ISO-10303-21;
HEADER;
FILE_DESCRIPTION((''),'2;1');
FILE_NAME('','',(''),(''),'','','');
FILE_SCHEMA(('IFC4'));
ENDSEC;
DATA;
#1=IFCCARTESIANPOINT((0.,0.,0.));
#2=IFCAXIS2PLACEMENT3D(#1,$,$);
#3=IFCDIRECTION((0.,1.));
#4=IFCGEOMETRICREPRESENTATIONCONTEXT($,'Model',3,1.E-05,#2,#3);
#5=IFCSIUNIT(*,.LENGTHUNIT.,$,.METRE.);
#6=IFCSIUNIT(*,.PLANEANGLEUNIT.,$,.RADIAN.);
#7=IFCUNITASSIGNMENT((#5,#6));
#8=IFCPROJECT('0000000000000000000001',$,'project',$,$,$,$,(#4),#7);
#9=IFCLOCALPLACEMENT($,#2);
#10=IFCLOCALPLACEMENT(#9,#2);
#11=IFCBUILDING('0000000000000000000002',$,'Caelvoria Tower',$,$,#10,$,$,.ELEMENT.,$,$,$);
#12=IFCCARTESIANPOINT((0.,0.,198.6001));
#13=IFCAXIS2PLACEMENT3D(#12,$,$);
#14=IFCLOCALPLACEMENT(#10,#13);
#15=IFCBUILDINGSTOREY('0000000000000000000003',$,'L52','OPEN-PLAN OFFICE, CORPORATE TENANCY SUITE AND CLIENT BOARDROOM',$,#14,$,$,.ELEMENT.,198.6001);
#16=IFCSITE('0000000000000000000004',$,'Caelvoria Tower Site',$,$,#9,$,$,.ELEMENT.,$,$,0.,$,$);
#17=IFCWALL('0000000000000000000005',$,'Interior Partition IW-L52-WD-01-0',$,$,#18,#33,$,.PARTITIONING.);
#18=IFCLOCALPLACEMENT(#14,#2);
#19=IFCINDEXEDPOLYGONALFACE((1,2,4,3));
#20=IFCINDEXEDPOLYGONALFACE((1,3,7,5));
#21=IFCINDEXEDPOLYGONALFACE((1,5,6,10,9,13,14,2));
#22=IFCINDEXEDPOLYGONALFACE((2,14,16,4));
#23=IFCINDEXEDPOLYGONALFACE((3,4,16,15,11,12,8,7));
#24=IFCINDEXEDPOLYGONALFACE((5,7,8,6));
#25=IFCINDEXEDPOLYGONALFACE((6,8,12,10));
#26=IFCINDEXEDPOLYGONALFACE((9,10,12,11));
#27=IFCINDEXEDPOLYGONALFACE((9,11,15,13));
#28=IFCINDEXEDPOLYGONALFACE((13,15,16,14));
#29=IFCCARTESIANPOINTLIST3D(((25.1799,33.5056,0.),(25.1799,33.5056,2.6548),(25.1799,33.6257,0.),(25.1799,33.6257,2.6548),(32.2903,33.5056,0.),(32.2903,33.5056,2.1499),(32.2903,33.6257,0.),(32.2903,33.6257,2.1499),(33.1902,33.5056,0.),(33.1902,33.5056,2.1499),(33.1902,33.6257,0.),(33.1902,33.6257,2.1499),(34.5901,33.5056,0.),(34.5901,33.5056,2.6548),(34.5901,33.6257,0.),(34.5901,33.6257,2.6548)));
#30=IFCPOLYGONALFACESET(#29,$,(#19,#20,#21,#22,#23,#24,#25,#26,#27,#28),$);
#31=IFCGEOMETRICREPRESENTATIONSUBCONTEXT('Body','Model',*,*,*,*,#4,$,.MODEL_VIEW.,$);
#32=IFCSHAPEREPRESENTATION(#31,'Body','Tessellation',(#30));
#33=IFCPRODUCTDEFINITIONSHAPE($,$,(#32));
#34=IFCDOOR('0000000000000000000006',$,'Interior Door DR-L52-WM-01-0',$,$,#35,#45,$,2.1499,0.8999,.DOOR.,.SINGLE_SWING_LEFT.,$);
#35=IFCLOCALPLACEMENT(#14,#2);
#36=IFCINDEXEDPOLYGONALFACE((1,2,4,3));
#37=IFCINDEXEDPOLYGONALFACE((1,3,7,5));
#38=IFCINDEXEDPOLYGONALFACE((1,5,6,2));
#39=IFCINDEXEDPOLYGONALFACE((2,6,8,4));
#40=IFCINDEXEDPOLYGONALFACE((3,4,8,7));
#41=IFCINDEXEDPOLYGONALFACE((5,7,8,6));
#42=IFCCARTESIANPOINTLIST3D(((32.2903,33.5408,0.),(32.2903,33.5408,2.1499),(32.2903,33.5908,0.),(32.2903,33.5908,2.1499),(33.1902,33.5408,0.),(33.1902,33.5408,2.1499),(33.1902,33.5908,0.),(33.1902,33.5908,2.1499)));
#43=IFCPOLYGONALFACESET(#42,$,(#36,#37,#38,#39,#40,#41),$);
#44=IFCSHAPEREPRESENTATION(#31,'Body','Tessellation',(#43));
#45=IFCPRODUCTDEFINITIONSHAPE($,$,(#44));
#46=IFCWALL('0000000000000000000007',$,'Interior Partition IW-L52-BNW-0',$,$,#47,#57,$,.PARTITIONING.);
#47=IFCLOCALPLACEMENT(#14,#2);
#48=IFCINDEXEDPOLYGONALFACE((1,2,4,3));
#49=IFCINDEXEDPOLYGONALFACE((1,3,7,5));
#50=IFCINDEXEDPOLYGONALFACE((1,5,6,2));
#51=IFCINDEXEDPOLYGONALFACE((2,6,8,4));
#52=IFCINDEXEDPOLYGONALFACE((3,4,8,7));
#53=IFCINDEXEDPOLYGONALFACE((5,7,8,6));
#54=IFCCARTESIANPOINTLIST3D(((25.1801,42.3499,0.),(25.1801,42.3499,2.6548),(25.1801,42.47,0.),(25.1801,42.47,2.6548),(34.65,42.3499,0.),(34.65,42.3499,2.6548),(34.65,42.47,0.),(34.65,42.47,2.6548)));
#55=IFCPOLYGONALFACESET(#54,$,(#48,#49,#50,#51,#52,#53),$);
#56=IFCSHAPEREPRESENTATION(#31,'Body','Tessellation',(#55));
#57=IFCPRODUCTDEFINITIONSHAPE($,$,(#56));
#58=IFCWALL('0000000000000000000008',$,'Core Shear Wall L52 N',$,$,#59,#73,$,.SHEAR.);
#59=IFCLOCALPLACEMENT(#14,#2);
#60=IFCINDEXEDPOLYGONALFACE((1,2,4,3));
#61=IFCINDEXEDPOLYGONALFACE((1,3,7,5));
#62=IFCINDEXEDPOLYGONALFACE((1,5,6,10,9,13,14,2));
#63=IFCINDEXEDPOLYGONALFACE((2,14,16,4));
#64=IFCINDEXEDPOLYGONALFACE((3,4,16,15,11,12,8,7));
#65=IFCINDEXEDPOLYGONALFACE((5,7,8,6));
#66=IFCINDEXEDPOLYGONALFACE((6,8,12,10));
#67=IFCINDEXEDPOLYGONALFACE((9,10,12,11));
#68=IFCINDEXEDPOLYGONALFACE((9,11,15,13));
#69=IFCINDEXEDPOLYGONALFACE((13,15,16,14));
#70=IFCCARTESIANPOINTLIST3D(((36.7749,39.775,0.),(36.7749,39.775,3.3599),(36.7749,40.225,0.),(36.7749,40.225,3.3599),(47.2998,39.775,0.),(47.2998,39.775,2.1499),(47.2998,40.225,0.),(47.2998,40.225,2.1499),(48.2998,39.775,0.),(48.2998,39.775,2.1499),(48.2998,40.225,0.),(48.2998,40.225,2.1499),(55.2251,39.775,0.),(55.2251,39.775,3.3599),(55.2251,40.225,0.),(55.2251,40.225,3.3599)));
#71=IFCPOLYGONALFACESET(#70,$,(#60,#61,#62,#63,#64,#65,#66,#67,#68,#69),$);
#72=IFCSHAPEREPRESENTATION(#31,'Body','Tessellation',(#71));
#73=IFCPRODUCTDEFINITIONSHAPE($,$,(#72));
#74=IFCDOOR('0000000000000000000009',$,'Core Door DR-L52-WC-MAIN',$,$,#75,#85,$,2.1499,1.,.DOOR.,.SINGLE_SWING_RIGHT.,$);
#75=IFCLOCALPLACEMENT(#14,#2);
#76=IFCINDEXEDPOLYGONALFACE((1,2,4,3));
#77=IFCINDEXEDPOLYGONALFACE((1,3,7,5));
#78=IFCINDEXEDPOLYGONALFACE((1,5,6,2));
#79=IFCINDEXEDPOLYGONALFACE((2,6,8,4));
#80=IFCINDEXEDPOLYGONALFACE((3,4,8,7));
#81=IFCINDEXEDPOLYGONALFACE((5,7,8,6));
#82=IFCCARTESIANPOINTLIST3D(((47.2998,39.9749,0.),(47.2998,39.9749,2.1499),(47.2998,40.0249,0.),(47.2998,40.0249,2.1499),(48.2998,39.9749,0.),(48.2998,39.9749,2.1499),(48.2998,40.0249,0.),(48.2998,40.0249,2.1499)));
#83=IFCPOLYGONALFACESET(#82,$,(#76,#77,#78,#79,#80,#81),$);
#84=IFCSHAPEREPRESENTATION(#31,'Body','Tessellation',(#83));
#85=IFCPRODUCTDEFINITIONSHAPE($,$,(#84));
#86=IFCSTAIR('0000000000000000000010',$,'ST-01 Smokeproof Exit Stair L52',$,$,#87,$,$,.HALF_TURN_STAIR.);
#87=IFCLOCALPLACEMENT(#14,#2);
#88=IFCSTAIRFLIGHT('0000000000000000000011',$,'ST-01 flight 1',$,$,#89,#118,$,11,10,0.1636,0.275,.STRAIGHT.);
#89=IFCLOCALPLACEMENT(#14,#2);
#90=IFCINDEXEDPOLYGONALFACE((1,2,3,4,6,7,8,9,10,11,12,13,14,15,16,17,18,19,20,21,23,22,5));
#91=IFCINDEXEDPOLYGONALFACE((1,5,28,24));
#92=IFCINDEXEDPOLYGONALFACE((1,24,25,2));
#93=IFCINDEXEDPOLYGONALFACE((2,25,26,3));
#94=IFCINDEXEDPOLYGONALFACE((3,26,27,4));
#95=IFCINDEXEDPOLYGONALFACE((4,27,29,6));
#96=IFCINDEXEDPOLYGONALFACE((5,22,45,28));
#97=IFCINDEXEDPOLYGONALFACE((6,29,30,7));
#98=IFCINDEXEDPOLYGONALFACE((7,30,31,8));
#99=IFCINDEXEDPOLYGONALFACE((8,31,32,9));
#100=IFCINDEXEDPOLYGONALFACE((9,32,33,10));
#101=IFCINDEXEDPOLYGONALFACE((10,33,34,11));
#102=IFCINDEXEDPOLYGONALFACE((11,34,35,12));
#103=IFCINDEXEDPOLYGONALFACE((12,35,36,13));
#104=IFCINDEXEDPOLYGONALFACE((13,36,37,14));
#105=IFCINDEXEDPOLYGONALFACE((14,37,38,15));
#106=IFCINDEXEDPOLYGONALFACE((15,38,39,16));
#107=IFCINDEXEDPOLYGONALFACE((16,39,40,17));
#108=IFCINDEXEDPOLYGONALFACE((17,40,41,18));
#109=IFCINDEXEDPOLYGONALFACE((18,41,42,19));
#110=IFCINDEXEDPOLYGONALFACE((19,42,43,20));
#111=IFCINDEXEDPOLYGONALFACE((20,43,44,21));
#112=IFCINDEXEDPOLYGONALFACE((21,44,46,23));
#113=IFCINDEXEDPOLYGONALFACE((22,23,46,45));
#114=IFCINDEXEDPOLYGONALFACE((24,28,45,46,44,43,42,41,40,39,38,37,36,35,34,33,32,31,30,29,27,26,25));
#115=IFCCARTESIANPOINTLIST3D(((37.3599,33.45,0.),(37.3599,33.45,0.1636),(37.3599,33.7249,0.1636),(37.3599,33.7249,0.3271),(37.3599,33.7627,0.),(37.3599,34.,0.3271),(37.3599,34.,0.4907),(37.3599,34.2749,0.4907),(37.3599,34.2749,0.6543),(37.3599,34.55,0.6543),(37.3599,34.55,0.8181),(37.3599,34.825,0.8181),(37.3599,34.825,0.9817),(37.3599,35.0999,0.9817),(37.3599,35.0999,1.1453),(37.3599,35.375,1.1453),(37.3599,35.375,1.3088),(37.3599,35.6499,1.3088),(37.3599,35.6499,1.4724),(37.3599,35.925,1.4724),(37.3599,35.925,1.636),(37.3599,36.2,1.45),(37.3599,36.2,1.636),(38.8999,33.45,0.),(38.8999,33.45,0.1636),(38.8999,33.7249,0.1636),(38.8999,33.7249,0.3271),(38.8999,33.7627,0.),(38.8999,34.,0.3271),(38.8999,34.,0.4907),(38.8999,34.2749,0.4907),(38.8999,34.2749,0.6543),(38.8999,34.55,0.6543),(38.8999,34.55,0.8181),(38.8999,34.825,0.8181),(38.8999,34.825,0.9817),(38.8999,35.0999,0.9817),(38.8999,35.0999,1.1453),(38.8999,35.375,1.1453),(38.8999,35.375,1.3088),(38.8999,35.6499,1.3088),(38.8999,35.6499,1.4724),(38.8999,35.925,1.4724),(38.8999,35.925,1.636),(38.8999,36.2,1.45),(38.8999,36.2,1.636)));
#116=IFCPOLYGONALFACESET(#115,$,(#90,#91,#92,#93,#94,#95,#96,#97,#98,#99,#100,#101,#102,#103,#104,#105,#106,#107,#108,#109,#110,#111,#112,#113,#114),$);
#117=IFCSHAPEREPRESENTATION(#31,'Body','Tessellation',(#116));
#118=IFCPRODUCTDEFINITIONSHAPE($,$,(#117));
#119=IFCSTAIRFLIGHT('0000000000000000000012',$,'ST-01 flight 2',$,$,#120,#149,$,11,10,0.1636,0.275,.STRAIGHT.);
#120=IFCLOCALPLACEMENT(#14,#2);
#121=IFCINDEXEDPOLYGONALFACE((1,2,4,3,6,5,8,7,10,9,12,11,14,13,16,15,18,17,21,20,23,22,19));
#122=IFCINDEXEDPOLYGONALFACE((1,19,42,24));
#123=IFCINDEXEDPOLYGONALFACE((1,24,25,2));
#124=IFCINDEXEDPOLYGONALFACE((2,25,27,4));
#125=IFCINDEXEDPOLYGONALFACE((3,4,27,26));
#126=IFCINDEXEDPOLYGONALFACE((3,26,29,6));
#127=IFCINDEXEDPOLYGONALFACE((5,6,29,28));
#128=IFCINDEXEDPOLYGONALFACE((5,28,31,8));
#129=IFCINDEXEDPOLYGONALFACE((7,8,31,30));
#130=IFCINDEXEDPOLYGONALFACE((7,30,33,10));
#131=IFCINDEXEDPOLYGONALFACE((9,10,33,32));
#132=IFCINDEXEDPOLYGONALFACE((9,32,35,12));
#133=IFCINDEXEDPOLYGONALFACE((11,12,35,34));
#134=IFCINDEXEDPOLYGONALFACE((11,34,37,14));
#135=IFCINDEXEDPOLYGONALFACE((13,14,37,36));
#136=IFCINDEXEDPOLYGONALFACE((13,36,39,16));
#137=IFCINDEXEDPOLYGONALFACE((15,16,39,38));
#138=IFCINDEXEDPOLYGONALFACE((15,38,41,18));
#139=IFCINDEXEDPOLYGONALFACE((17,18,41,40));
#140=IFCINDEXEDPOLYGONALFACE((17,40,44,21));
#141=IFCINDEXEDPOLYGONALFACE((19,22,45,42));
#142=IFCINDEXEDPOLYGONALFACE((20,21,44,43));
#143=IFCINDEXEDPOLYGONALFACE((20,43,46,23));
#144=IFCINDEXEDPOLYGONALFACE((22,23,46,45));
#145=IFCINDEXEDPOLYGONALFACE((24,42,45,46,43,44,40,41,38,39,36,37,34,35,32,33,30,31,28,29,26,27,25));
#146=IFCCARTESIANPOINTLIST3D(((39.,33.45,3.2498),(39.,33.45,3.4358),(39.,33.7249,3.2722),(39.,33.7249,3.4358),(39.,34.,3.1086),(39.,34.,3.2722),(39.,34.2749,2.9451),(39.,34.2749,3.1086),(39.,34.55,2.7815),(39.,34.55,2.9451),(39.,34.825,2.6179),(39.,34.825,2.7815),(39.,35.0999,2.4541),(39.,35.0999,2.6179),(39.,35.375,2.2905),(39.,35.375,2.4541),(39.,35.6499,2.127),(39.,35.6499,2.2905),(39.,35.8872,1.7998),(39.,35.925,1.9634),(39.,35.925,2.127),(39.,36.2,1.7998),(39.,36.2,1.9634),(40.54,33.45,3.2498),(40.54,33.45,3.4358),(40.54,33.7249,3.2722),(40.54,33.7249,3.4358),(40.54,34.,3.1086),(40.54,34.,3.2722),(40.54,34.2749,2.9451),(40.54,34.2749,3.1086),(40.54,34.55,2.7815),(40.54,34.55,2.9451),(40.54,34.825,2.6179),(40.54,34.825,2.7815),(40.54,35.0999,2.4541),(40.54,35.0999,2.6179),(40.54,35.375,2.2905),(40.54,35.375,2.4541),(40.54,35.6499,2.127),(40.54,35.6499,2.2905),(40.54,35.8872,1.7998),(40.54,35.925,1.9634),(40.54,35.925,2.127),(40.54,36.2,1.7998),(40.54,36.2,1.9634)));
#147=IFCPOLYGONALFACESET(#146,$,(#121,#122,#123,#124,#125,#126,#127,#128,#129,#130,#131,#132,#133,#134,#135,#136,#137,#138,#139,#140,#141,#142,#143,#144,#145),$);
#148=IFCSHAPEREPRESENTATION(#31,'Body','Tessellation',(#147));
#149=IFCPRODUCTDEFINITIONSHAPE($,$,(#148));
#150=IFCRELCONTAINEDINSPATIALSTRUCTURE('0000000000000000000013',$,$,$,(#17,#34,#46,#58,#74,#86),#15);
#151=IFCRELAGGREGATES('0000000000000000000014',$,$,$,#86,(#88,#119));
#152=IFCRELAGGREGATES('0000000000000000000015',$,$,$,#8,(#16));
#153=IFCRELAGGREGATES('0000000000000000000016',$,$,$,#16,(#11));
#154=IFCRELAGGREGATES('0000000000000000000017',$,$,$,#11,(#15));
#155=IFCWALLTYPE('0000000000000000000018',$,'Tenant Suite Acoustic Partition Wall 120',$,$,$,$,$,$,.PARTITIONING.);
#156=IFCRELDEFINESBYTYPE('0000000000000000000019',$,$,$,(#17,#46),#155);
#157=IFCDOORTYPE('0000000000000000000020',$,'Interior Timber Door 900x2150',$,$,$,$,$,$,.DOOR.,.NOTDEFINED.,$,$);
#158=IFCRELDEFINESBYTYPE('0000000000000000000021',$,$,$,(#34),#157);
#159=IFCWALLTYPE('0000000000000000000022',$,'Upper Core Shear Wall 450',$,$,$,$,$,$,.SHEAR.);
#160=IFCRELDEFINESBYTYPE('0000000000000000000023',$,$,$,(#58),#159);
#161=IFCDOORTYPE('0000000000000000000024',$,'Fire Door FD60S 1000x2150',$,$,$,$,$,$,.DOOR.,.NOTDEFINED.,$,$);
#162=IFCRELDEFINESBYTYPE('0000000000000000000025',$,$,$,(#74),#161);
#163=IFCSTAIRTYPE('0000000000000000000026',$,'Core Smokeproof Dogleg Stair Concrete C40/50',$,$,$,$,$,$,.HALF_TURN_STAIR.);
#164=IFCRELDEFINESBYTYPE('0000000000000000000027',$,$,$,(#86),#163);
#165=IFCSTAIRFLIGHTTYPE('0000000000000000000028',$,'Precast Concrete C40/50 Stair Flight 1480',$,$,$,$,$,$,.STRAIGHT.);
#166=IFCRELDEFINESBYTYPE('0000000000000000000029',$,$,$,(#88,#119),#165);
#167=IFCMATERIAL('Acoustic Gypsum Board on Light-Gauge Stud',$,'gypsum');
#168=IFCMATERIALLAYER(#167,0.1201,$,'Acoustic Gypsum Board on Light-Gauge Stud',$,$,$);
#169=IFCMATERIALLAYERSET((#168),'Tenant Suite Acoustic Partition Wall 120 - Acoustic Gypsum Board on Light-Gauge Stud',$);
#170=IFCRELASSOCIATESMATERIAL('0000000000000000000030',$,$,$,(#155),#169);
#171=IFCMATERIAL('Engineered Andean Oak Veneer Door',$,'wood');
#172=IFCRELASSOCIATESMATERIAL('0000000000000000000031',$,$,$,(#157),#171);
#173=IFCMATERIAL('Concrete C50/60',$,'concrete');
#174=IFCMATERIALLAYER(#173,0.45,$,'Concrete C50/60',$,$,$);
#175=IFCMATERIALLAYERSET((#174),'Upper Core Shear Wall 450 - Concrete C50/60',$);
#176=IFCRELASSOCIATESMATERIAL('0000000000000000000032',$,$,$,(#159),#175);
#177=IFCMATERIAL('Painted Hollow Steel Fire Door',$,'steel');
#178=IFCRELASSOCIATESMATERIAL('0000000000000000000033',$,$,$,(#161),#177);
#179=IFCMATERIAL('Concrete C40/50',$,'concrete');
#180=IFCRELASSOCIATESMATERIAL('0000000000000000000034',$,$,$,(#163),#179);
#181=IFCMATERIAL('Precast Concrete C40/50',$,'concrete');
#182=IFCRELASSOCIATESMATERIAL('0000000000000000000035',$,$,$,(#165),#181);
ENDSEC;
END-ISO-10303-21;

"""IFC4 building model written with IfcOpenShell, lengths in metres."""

from ifc_helpers import new_model, si_unit, direction, frame, frame_2d, origin, place, context, subcontext, project, spatial, polyline, rectangle, outline, extrude, material, layer, layer_set, type_object, element, fill, aggregate, save


model = new_model("IFC4")

# Units and contexts
model_context = context("Model", 3, precision=1e-05, world=origin(), true_north=direction((0.0, 1.0)))
body_context = subcontext(model_context, "Body", "Model", "MODEL_VIEW")
ifc_project = project(units=[si_unit("LENGTHUNIT", "METRE"), si_unit("PLANEANGLEUNIT", "RADIAN")], contexts=[model_context])

# Site, building, storey
site_placement = place(None, origin())
site = spatial("IfcSite", under=ifc_project, at=site_placement, Name="Caelvoria Tower Site", CompositionType="ELEMENT", RefElevation=0.0)
building_placement = place(site_placement, origin())
building = spatial("IfcBuilding", under=site, at=building_placement, Name="Caelvoria Tower", CompositionType="ELEMENT")
storey_placement = place(building_placement, frame((0.0, 0.0, 198.6001)))
storey = spatial("IfcBuildingStorey", under=building, at=storey_placement, Name="L52", Description="OPEN-PLAN OFFICE, CORPORATE TENANCY SUITE AND CLIENT BOARDROOM", CompositionType="ELEMENT", Elevation=198.6001)

# Shared definitions
ifc_material_1 = material(Name="Concrete C50/60", Category="concrete")

# Shared definitions
ifc_material_2 = material(Name="Acoustic Gypsum Board on Light-Gauge Stud", Category="gypsum")
ifc_layer_1 = layer(ifc_material_2, 0.1201, Name="Acoustic Gypsum Board on Light-Gauge Stud")
ifc_layer_set_1 = layer_set([ifc_layer_1], Name="Tenant Suite Acoustic Partition Wall 120 - Acoustic Gypsum Board on Light-Gauge Stud")
wall_type_1 = type_object("IfcWallType", Name="Tenant Suite Acoustic Partition Wall 120", PredefinedType="PARTITIONING", material=ifc_layer_set_1)
ifc_material_3 = material(Name="Engineered Andean Oak Veneer Door", Category="wood")
door_type_1 = type_object("IfcDoorType", Name="Interior Timber Door 900x2150", OperationType="NOTDEFINED", PredefinedType="DOOR", material=ifc_material_3)

# Wall, opening, door
wall_1_placement = place(storey_placement, frame((34.5901, 33.5657, 0.0), z_axis=(0.0, 0.0, 1.0), x_axis=(-1.0, 0.0, 0.0)))
wall_1 = element("IfcWall", 1, at=wall_1_placement, inside=storey, type_object=wall_type_1, Name="Interior Partition IW-L52-WD-01-0", PredefinedType="PARTITIONING", context=body_context, shape_type="SweptSolid", body=[
    extrude(rectangle(XDim=9.4102, YDim=0.1201, at=frame_2d((4.7051, 0.0))), origin(), (0.0, 0.0, 1.0), 2.6548),
])
opening_1_placement = place(wall_1_placement, frame((1.3999, 0.0, 0.0)))
opening_1 = element("IfcOpeningElement", 2, at=opening_1_placement, cuts=wall_1, PredefinedType="OPENING", context=body_context, shape_type="SweptSolid", body=[
    extrude(rectangle(XDim=0.8999, YDim=2.1499, at=frame_2d((0.45, 1.075))), frame((0.0, 0.0701, 0.0), z_axis=(0.0, -1.0, 0.0), x_axis=(1.0, 0.0, 0.0)), (0.0, 0.0, 1.0), 0.1401),
])
door_1_placement = place(opening_1_placement, origin())
door_1 = element("IfcDoor", 3, at=door_1_placement, inside=storey, type_object=door_type_1, Name="Interior Door DR-L52-WM-01-0", OperationType="SINGLE_SWING_LEFT", OverallHeight=2.1499, OverallWidth=0.8999, PredefinedType="DOOR", context=body_context, shape_type="SweptSolid", body=[
    extrude(rectangle(XDim=0.8999, YDim=2.1499, at=frame_2d((0.45, 1.075))), frame((0.0, 0.0249, 0.0), z_axis=(0.0, -1.0, 0.0), x_axis=(1.0, 0.0, 0.0)), (0.0, 0.0, 1.0), 0.05),
])
fill(opening_1, door_1)

# Wall
wall_2_placement = place(storey_placement, frame((34.6499, 42.4099, 0.0), z_axis=(0.0, 0.0, 1.0), x_axis=(-1.0, 0.0, 0.0)))
element("IfcWall", 4, at=wall_2_placement, inside=storey, type_object=wall_type_1, Name="Interior Partition IW-L52-BNW-0", PredefinedType="PARTITIONING", context=body_context, shape_type="SweptSolid", body=[
    extrude(rectangle(XDim=9.47, YDim=0.1201, at=frame_2d((4.7349, 0.0))), origin(), (0.0, 0.0, 1.0), 2.6548),
])

# Wall, opening, door
ifc_layer_2 = layer(ifc_material_1, 0.45, Name="Concrete C50/60")
ifc_layer_set_2 = layer_set([ifc_layer_2], Name="Upper Core Shear Wall 450 - Concrete C50/60")
wall_type_2 = type_object("IfcWallType", Name="Upper Core Shear Wall 450", PredefinedType="SHEAR", material=ifc_layer_set_2)
wall_3_placement = place(storey_placement, frame((36.7749, 40.0, 0.0), z_axis=(0.0, 0.0, 1.0), x_axis=(1.0, 0.0, 0.0)))
wall_3 = element("IfcWall", 5, at=wall_3_placement, inside=storey, type_object=wall_type_2, Name="Core Shear Wall L52 N", PredefinedType="SHEAR", context=body_context, shape_type="SweptSolid", body=[
    extrude(rectangle(XDim=18.4502, YDim=0.45, at=frame_2d((9.2251, 0.0))), origin(), (0.0, 0.0, 1.0), 3.3599),
])
opening_2_placement = place(wall_3_placement, frame((10.5249, 0.0, 0.0)))
opening_2 = element("IfcOpeningElement", 6, at=opening_2_placement, cuts=wall_3, PredefinedType="OPENING", context=body_context, shape_type="SweptSolid", body=[
    extrude(rectangle(XDim=1.0, YDim=2.1499, at=frame_2d((0.5, 1.075))), frame((0.0, 0.2349, 0.0), z_axis=(0.0, -1.0, 0.0), x_axis=(1.0, 0.0, 0.0)), (0.0, 0.0, 1.0), 0.47),
])
ifc_material_4 = material(Name="Painted Hollow Steel Fire Door", Category="steel")
door_type_2 = type_object("IfcDoorType", Name="Fire Door FD60S 1000x2150", OperationType="NOTDEFINED", PredefinedType="DOOR", material=ifc_material_4)
door_2_placement = place(opening_2_placement, origin())
door_2 = element("IfcDoor", 7, at=door_2_placement, inside=storey, type_object=door_type_2, Name="Core Door DR-L52-WC-MAIN", OperationType="SINGLE_SWING_RIGHT", OverallHeight=2.1499, OverallWidth=1.0, PredefinedType="DOOR", context=body_context, shape_type="SweptSolid", body=[
    extrude(rectangle(XDim=1.0, YDim=2.1499, at=frame_2d((0.5, 1.075))), frame((0.0, 0.0249, 0.0), z_axis=(0.0, -1.0, 0.0), x_axis=(1.0, 0.0, 0.0)), (0.0, 0.0, 1.0), 0.05),
])
fill(opening_2, door_2)

# Stair, stair flights
ifc_material_5 = material(Name="Concrete C40/50", Category="concrete")
stair_type = type_object("IfcStairType", Name="Core Smokeproof Dogleg Stair Concrete C40/50", PredefinedType="HALF_TURN_STAIR", material=ifc_material_5)
stair_placement = place(storey_placement, origin())
stair = element("IfcStair", 8, at=stair_placement, inside=storey, type_object=stair_type, Name="ST-01 Smokeproof Exit Stair L52", PredefinedType="HALF_TURN_STAIR")
ifc_material_6 = material(Name="Precast Concrete C40/50", Category="concrete")
stair_flight_type = type_object("IfcStairFlightType", Name="Precast Concrete C40/50 Stair Flight 1480", PredefinedType="STRAIGHT", material=ifc_material_6)
stair_flight_1_placement = place(storey_placement, frame((38.1299, 33.45, 0.0), z_axis=(0.0, 0.0, 1.0), x_axis=(0.0, 1.0, 0.0)))
stair_flight_1 = element("IfcStairFlight", 9, at=stair_flight_1_placement, type_object=stair_flight_type, Name="ST-01 flight 1", NumberOfRisers=11, NumberOfTreads=10, PredefinedType="STRAIGHT", RiserHeight=0.1636, TreadLength=0.275, context=body_context, shape_type="SweptSolid", body=[
    extrude(outline(polyline([(0.0, 0.0), (0.0, 0.1636), (0.2749, 0.1636), (0.2749, 0.3271), (0.55, 0.3271), (0.55, 0.4907), (0.825, 0.4907), (0.825, 0.6543), (1.1001, 0.6543), (1.1001, 0.8181), (1.375, 0.8181), (1.375, 0.9817), (1.6499, 0.9817), (1.6499, 1.1453), (1.925, 1.1453), (1.925, 1.3088), (2.2, 1.3088), (2.2, 1.4724), (2.4751, 1.4724), (2.4751, 1.636), (2.75, 1.636), (2.75, 1.7996), (2.75, 1.45), (0.3127, 0.0), (0.0, 0.0)])), frame((0.0, 0.77, 0.0), z_axis=(0.0, -1.0, 0.0), x_axis=(1.0, 0.0, 0.0)), (0.0, 0.0, 1.0), 1.54),
])
stair_flight_2_placement = place(storey_placement, frame((39.77, 36.2, 1.7998), z_axis=(0.0, 0.0, 1.0), x_axis=(0.0, -1.0, 0.0)))
stair_flight_2 = element("IfcStairFlight", 10, at=stair_flight_2_placement, type_object=stair_flight_type, Name="ST-01 flight 2", NumberOfRisers=11, NumberOfTreads=10, PredefinedType="STRAIGHT", RiserHeight=0.1636, TreadLength=0.275, context=body_context, shape_type="SweptSolid", body=[
    extrude(outline(polyline([(0.0, 0.0), (0.0, 0.1636), (0.2749, 0.1636), (0.2749, 0.3271), (0.55, 0.3271), (0.55, 0.4907), (0.825, 0.4907), (0.825, 0.6543), (1.1001, 0.6543), (1.1001, 0.8181), (1.375, 0.8181), (1.375, 0.9817), (1.6499, 0.9817), (1.6499, 1.1453), (1.925, 1.1453), (1.925, 1.3088), (2.2, 1.3088), (2.2, 1.4724), (2.4751, 1.4724), (2.4751, 1.636), (2.75, 1.636), (2.75, 1.7996), (2.75, 1.45), (0.3127, 0.0), (0.0, 0.0)])), frame((0.0, 0.77, 0.0), z_axis=(0.0, -1.0, 0.0), x_axis=(1.0, 0.0, 0.0)), (0.0, 0.0, 1.0), 1.54),
])
aggregate(stair, [stair_flight_1, stair_flight_2])

save(model, "model.ifc")
